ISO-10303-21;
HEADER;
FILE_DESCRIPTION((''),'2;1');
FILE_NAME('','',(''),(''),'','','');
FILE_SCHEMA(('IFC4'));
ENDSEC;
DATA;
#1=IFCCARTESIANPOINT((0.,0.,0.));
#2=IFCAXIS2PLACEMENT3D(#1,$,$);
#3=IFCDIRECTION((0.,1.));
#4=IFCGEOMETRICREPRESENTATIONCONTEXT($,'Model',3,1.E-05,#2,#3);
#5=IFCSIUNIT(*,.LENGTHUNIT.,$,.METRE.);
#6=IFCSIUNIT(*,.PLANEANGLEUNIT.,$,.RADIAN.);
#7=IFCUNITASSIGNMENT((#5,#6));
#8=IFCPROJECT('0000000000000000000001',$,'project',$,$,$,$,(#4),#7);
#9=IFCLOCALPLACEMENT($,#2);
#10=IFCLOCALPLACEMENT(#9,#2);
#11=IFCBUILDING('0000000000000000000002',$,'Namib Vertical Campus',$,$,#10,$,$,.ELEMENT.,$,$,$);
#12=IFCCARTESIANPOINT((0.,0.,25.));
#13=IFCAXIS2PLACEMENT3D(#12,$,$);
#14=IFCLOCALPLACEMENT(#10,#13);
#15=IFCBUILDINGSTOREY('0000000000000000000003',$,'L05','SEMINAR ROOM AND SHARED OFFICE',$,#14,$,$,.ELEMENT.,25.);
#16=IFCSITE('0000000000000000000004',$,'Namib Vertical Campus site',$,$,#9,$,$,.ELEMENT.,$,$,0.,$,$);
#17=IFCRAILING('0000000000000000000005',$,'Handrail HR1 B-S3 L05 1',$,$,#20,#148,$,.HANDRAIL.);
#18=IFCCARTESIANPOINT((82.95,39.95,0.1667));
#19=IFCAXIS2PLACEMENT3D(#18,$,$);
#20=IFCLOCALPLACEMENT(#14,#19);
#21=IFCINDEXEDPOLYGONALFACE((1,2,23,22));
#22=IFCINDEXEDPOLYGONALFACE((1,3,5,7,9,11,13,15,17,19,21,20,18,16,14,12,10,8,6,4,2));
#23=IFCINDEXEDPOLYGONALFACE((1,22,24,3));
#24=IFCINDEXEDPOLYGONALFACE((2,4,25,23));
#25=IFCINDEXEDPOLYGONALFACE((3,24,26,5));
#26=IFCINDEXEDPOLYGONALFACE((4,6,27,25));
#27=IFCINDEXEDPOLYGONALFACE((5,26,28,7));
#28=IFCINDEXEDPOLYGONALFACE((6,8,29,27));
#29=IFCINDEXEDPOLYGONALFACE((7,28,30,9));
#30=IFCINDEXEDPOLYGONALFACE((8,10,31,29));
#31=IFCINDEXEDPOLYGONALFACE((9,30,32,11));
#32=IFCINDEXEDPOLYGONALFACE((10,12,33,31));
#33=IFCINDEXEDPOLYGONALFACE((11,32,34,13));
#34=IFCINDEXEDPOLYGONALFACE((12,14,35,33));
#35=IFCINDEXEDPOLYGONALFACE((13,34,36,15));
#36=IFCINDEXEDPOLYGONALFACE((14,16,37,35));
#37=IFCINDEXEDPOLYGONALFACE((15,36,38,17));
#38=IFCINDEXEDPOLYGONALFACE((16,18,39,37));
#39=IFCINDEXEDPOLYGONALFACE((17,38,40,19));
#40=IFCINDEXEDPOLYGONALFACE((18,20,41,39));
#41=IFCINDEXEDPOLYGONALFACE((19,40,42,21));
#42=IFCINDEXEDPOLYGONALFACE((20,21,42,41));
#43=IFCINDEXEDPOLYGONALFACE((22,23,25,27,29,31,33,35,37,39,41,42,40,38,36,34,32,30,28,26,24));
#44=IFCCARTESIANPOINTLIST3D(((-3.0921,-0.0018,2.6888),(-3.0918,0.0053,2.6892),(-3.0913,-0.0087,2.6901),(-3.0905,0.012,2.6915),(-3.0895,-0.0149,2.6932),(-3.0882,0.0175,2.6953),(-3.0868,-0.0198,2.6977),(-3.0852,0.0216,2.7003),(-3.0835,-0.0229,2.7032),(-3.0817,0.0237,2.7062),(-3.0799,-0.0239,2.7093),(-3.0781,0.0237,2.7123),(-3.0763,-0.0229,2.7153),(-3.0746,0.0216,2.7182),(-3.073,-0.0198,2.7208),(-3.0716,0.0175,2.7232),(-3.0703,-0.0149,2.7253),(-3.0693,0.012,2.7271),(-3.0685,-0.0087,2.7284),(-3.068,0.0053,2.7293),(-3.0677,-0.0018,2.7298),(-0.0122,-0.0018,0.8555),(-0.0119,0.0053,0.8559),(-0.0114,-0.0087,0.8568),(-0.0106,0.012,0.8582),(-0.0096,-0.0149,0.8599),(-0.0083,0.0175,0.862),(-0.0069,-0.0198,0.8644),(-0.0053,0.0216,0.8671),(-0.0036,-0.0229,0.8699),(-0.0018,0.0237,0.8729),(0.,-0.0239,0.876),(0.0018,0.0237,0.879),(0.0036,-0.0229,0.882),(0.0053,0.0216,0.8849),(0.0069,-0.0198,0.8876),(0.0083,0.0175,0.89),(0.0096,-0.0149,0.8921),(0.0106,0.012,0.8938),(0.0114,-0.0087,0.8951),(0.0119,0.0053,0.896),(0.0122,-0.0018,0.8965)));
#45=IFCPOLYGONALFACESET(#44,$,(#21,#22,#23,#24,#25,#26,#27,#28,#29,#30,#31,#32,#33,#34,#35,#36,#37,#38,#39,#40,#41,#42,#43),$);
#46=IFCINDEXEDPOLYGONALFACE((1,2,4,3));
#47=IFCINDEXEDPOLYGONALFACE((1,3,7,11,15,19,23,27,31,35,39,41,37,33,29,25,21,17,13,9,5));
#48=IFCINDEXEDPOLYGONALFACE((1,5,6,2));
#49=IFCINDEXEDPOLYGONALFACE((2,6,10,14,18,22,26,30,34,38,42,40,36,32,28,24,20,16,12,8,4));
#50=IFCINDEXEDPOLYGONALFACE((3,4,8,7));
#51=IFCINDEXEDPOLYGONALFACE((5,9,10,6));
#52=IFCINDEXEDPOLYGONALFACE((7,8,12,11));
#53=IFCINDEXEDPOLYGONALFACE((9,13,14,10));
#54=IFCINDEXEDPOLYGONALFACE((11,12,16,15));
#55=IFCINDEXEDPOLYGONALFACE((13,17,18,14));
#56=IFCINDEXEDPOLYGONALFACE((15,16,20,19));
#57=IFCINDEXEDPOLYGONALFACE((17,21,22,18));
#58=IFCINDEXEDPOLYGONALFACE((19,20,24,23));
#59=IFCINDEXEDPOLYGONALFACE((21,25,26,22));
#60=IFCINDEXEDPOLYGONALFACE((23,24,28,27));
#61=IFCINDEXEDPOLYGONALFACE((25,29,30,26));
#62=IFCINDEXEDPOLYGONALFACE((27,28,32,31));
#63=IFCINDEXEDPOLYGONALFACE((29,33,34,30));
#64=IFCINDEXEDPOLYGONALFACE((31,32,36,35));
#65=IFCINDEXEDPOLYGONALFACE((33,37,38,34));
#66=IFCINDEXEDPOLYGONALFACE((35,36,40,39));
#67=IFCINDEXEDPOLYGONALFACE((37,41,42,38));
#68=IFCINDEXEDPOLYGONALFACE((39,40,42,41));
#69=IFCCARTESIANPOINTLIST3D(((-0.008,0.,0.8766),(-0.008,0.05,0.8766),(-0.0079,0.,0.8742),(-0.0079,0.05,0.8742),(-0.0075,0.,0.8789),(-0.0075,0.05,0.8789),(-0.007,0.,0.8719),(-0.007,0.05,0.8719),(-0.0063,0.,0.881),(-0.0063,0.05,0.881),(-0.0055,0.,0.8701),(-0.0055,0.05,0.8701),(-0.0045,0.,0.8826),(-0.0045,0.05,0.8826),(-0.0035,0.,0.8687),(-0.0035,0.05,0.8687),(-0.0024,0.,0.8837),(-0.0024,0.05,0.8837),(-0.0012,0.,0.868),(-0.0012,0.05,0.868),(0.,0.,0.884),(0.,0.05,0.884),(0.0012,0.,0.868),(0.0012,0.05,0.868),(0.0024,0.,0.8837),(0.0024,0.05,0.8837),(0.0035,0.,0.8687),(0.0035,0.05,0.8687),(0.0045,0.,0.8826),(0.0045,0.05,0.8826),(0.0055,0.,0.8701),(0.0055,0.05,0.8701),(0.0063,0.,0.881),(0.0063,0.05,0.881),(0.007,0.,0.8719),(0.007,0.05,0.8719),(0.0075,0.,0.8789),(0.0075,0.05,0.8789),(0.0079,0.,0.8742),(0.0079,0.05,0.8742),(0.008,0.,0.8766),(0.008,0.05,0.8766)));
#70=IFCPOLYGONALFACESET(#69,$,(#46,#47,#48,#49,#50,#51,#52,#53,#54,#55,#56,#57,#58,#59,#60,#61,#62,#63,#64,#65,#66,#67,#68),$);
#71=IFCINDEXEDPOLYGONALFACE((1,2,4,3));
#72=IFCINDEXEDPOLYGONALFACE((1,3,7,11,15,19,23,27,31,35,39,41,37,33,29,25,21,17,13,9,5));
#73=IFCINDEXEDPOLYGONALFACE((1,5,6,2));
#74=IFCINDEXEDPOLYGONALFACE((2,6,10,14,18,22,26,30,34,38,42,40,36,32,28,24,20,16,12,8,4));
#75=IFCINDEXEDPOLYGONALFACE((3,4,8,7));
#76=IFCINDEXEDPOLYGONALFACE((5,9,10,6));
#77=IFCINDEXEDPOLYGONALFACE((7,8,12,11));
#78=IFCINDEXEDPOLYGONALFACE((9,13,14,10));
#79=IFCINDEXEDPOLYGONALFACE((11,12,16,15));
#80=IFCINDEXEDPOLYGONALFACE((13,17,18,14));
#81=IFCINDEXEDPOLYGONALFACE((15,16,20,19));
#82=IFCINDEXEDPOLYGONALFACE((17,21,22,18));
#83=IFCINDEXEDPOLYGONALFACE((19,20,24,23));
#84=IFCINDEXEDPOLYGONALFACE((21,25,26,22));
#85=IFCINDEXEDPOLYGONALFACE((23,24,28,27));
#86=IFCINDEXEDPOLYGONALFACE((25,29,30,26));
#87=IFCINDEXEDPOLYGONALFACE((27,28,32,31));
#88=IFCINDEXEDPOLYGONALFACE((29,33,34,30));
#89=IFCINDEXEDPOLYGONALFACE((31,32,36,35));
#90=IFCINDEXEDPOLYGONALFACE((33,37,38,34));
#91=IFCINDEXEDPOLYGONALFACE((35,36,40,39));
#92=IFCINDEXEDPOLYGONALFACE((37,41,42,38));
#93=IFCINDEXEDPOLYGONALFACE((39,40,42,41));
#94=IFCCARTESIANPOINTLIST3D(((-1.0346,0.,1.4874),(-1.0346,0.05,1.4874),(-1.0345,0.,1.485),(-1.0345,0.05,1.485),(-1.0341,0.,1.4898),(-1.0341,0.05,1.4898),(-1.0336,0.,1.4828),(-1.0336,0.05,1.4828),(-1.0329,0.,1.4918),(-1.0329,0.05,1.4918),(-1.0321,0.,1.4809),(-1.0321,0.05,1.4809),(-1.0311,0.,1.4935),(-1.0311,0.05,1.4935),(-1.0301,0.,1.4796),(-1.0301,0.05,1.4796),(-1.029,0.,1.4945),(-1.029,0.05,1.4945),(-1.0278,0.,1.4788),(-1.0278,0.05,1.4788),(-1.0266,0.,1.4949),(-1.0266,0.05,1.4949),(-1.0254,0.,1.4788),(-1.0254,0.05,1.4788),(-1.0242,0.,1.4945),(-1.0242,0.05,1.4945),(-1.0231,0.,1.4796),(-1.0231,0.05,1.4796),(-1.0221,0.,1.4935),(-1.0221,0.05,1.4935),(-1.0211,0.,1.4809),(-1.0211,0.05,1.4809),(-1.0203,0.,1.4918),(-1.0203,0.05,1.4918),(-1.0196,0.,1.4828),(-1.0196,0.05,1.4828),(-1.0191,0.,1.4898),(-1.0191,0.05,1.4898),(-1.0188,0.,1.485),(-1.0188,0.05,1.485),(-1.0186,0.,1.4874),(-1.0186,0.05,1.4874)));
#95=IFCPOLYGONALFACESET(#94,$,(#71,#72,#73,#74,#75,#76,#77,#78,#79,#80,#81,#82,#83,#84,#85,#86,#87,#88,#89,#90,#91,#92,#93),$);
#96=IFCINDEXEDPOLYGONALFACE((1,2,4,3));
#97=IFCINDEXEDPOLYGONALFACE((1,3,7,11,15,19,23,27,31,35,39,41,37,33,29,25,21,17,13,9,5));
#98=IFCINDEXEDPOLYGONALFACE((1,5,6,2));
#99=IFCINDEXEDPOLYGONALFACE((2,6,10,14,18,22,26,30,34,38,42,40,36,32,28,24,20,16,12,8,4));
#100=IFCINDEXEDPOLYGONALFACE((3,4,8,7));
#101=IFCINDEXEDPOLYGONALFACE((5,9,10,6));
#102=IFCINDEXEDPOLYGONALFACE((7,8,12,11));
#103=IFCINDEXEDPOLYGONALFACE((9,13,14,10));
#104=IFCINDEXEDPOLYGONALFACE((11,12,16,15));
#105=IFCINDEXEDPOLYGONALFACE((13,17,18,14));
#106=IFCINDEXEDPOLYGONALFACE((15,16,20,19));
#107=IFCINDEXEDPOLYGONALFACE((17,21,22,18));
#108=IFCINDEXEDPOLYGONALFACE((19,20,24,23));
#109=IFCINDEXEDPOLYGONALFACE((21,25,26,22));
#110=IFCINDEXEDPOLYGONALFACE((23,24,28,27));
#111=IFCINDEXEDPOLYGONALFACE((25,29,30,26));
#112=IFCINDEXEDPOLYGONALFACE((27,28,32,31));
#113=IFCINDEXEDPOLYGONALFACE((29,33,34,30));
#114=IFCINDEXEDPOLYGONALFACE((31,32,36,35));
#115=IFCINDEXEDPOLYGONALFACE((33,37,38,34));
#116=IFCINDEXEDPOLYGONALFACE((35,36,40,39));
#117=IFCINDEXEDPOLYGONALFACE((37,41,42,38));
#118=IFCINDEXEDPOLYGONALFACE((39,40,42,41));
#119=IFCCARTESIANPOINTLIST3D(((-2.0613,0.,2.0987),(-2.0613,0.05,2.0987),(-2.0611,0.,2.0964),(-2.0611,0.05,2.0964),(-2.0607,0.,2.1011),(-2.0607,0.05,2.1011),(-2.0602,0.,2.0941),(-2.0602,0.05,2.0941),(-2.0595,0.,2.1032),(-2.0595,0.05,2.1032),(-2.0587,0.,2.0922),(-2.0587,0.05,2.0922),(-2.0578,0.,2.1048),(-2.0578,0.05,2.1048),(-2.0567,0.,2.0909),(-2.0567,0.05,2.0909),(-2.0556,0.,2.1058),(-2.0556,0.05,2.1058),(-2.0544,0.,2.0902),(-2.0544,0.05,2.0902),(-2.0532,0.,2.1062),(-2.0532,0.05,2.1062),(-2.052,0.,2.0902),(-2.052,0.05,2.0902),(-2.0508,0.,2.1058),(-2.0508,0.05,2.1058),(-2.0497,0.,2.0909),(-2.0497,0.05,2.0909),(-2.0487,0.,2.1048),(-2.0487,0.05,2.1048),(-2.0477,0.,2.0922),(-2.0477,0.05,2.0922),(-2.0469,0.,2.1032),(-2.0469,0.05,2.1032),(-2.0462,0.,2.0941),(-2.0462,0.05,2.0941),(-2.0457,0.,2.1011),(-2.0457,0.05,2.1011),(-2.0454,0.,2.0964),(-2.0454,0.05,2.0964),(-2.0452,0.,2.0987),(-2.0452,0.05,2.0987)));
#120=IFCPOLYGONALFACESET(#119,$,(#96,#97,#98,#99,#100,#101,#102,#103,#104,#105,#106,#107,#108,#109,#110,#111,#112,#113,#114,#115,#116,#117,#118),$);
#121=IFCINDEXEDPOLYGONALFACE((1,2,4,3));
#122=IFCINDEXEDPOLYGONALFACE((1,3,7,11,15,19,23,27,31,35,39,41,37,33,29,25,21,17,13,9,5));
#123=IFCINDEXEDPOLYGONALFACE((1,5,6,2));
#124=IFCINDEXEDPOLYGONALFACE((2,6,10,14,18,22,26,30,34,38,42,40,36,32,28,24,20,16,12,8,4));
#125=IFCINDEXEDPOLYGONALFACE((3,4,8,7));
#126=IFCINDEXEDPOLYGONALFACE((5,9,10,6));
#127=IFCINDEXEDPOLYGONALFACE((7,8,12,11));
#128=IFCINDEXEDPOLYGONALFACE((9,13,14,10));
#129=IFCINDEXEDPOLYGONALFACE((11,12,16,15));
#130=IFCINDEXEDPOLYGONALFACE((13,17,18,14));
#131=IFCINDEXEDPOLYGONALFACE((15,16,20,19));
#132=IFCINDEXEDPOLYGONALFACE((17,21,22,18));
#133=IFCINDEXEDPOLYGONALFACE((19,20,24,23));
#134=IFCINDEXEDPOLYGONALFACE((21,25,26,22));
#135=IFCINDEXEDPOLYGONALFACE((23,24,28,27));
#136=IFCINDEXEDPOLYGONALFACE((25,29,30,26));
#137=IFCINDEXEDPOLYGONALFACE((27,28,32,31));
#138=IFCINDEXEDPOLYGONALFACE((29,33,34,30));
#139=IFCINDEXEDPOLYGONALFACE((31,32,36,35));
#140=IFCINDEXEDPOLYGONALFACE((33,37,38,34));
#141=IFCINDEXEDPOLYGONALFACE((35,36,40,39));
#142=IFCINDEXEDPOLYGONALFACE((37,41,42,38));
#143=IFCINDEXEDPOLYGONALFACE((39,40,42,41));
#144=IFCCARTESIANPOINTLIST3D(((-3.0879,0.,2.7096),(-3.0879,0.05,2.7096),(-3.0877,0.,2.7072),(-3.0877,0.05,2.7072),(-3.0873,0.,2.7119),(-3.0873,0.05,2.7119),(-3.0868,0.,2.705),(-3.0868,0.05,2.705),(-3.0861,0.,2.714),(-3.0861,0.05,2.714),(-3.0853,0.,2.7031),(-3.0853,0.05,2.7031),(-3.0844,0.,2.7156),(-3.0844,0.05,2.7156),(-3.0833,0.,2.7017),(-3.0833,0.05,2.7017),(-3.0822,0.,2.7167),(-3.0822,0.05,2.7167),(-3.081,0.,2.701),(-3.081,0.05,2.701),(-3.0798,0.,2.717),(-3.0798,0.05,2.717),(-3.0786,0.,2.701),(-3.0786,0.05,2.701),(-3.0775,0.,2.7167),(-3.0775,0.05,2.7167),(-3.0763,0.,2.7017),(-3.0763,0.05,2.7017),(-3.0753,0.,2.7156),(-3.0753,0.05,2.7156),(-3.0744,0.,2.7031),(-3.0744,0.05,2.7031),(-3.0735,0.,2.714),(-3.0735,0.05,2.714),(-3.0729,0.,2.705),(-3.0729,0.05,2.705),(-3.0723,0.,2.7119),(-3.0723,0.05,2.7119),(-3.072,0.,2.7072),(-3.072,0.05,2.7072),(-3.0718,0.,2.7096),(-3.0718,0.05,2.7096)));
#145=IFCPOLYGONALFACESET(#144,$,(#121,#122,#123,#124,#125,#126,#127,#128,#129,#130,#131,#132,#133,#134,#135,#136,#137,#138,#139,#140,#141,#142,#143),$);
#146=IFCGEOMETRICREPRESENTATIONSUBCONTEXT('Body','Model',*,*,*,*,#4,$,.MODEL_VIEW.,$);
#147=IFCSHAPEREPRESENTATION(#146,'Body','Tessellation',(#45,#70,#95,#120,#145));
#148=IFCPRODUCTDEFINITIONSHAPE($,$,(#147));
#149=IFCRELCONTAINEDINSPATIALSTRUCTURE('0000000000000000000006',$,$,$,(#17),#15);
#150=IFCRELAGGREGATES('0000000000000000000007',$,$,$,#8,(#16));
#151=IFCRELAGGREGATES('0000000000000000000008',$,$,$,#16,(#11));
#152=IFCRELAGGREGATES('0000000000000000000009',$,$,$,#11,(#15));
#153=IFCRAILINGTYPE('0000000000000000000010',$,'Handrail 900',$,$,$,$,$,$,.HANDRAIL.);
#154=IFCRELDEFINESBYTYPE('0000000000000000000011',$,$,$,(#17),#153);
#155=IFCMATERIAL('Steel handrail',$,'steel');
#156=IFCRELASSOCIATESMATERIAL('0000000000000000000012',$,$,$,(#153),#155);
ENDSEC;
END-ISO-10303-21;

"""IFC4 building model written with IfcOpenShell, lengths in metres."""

from ifc_helpers import new_model, si_unit, direction, frame, origin, origin_2d, place, context, subcontext, project, spatial, circle, extrude, material, type_object, element, save


model = new_model("IFC4")

# Units and contexts
model_context = context("Model", 3, precision=1e-05, world=origin(), true_north=direction((0.0, 1.0)))
body_context = subcontext(model_context, "Body", "Model", "MODEL_VIEW")
ifc_project = project(units=[si_unit("LENGTHUNIT", "METRE"), si_unit("PLANEANGLEUNIT", "RADIAN")], contexts=[model_context])

# Site, building, storey
site_placement = place(None, origin())
site = spatial("IfcSite", under=ifc_project, at=site_placement, Name="Namib Vertical Campus site", CompositionType="ELEMENT", RefElevation=0.0)
building_placement = place(site_placement, origin())
building = spatial("IfcBuilding", under=site, at=building_placement, Name="Namib Vertical Campus", CompositionType="ELEMENT")
storey_placement = place(building_placement, frame((0.0, 0.0, 25.0)))
storey = spatial("IfcBuildingStorey", under=building, at=storey_placement, Name="L05", Description="SEMINAR ROOM AND SHARED OFFICE", CompositionType="ELEMENT", Elevation=25.0)

# Railing
ifc_material_1 = material(Name="Steel handrail", Category="steel")
railing_type_1 = type_object("IfcRailingType", Name="Handrail 900", PredefinedType="HANDRAIL", material=ifc_material_1)
railing_1_placement = place(storey_placement, frame((82.95, 39.95, 0.1667)))
element("IfcRailing", 1, at=railing_1_placement, inside=storey, type_object=railing_type_1, Name="Handrail HR1 B-S3 L05 1", PredefinedType="HANDRAIL", context=body_context, shape_type="SweptSolid", body=[
    extrude(circle(Radius=0.0239, at=origin_2d()), frame((0.0, 0.0, 0.876), z_axis=(-0.859291, 0.0, 0.511487), x_axis=(0.0, -1.0, 0.0)), (0.0, 0.0, 1.0), 3.5842),
    extrude(circle(Radius=0.0081, at=origin_2d()), frame((0.0, 0.0, 0.876), z_axis=(0.0, 1.0, 0.0), x_axis=(0.0, 0.0, 1.0)), (0.0, 0.0, 1.0), 0.05),
    extrude(circle(Radius=0.0081, at=origin_2d()), frame((-1.0266, 0.0, 1.4868), z_axis=(0.0, 1.0, 0.0), x_axis=(0.0, 0.0, 1.0)), (0.0, 0.0, 1.0), 0.05),
    extrude(circle(Radius=0.0081, at=origin_2d()), frame((-2.0532, 0.0, 2.0981), z_axis=(0.0, 1.0, 0.0), x_axis=(0.0, 0.0, 1.0)), (0.0, 0.0, 1.0), 0.05),
    extrude(circle(Radius=0.0081, at=origin_2d()), frame((-3.0798, 0.0, 2.709), z_axis=(0.0, 1.0, 0.0), x_axis=(0.0, 0.0, 1.0)), (0.0, 0.0, 1.0), 0.05),
])

save(model, "model.ifc")
